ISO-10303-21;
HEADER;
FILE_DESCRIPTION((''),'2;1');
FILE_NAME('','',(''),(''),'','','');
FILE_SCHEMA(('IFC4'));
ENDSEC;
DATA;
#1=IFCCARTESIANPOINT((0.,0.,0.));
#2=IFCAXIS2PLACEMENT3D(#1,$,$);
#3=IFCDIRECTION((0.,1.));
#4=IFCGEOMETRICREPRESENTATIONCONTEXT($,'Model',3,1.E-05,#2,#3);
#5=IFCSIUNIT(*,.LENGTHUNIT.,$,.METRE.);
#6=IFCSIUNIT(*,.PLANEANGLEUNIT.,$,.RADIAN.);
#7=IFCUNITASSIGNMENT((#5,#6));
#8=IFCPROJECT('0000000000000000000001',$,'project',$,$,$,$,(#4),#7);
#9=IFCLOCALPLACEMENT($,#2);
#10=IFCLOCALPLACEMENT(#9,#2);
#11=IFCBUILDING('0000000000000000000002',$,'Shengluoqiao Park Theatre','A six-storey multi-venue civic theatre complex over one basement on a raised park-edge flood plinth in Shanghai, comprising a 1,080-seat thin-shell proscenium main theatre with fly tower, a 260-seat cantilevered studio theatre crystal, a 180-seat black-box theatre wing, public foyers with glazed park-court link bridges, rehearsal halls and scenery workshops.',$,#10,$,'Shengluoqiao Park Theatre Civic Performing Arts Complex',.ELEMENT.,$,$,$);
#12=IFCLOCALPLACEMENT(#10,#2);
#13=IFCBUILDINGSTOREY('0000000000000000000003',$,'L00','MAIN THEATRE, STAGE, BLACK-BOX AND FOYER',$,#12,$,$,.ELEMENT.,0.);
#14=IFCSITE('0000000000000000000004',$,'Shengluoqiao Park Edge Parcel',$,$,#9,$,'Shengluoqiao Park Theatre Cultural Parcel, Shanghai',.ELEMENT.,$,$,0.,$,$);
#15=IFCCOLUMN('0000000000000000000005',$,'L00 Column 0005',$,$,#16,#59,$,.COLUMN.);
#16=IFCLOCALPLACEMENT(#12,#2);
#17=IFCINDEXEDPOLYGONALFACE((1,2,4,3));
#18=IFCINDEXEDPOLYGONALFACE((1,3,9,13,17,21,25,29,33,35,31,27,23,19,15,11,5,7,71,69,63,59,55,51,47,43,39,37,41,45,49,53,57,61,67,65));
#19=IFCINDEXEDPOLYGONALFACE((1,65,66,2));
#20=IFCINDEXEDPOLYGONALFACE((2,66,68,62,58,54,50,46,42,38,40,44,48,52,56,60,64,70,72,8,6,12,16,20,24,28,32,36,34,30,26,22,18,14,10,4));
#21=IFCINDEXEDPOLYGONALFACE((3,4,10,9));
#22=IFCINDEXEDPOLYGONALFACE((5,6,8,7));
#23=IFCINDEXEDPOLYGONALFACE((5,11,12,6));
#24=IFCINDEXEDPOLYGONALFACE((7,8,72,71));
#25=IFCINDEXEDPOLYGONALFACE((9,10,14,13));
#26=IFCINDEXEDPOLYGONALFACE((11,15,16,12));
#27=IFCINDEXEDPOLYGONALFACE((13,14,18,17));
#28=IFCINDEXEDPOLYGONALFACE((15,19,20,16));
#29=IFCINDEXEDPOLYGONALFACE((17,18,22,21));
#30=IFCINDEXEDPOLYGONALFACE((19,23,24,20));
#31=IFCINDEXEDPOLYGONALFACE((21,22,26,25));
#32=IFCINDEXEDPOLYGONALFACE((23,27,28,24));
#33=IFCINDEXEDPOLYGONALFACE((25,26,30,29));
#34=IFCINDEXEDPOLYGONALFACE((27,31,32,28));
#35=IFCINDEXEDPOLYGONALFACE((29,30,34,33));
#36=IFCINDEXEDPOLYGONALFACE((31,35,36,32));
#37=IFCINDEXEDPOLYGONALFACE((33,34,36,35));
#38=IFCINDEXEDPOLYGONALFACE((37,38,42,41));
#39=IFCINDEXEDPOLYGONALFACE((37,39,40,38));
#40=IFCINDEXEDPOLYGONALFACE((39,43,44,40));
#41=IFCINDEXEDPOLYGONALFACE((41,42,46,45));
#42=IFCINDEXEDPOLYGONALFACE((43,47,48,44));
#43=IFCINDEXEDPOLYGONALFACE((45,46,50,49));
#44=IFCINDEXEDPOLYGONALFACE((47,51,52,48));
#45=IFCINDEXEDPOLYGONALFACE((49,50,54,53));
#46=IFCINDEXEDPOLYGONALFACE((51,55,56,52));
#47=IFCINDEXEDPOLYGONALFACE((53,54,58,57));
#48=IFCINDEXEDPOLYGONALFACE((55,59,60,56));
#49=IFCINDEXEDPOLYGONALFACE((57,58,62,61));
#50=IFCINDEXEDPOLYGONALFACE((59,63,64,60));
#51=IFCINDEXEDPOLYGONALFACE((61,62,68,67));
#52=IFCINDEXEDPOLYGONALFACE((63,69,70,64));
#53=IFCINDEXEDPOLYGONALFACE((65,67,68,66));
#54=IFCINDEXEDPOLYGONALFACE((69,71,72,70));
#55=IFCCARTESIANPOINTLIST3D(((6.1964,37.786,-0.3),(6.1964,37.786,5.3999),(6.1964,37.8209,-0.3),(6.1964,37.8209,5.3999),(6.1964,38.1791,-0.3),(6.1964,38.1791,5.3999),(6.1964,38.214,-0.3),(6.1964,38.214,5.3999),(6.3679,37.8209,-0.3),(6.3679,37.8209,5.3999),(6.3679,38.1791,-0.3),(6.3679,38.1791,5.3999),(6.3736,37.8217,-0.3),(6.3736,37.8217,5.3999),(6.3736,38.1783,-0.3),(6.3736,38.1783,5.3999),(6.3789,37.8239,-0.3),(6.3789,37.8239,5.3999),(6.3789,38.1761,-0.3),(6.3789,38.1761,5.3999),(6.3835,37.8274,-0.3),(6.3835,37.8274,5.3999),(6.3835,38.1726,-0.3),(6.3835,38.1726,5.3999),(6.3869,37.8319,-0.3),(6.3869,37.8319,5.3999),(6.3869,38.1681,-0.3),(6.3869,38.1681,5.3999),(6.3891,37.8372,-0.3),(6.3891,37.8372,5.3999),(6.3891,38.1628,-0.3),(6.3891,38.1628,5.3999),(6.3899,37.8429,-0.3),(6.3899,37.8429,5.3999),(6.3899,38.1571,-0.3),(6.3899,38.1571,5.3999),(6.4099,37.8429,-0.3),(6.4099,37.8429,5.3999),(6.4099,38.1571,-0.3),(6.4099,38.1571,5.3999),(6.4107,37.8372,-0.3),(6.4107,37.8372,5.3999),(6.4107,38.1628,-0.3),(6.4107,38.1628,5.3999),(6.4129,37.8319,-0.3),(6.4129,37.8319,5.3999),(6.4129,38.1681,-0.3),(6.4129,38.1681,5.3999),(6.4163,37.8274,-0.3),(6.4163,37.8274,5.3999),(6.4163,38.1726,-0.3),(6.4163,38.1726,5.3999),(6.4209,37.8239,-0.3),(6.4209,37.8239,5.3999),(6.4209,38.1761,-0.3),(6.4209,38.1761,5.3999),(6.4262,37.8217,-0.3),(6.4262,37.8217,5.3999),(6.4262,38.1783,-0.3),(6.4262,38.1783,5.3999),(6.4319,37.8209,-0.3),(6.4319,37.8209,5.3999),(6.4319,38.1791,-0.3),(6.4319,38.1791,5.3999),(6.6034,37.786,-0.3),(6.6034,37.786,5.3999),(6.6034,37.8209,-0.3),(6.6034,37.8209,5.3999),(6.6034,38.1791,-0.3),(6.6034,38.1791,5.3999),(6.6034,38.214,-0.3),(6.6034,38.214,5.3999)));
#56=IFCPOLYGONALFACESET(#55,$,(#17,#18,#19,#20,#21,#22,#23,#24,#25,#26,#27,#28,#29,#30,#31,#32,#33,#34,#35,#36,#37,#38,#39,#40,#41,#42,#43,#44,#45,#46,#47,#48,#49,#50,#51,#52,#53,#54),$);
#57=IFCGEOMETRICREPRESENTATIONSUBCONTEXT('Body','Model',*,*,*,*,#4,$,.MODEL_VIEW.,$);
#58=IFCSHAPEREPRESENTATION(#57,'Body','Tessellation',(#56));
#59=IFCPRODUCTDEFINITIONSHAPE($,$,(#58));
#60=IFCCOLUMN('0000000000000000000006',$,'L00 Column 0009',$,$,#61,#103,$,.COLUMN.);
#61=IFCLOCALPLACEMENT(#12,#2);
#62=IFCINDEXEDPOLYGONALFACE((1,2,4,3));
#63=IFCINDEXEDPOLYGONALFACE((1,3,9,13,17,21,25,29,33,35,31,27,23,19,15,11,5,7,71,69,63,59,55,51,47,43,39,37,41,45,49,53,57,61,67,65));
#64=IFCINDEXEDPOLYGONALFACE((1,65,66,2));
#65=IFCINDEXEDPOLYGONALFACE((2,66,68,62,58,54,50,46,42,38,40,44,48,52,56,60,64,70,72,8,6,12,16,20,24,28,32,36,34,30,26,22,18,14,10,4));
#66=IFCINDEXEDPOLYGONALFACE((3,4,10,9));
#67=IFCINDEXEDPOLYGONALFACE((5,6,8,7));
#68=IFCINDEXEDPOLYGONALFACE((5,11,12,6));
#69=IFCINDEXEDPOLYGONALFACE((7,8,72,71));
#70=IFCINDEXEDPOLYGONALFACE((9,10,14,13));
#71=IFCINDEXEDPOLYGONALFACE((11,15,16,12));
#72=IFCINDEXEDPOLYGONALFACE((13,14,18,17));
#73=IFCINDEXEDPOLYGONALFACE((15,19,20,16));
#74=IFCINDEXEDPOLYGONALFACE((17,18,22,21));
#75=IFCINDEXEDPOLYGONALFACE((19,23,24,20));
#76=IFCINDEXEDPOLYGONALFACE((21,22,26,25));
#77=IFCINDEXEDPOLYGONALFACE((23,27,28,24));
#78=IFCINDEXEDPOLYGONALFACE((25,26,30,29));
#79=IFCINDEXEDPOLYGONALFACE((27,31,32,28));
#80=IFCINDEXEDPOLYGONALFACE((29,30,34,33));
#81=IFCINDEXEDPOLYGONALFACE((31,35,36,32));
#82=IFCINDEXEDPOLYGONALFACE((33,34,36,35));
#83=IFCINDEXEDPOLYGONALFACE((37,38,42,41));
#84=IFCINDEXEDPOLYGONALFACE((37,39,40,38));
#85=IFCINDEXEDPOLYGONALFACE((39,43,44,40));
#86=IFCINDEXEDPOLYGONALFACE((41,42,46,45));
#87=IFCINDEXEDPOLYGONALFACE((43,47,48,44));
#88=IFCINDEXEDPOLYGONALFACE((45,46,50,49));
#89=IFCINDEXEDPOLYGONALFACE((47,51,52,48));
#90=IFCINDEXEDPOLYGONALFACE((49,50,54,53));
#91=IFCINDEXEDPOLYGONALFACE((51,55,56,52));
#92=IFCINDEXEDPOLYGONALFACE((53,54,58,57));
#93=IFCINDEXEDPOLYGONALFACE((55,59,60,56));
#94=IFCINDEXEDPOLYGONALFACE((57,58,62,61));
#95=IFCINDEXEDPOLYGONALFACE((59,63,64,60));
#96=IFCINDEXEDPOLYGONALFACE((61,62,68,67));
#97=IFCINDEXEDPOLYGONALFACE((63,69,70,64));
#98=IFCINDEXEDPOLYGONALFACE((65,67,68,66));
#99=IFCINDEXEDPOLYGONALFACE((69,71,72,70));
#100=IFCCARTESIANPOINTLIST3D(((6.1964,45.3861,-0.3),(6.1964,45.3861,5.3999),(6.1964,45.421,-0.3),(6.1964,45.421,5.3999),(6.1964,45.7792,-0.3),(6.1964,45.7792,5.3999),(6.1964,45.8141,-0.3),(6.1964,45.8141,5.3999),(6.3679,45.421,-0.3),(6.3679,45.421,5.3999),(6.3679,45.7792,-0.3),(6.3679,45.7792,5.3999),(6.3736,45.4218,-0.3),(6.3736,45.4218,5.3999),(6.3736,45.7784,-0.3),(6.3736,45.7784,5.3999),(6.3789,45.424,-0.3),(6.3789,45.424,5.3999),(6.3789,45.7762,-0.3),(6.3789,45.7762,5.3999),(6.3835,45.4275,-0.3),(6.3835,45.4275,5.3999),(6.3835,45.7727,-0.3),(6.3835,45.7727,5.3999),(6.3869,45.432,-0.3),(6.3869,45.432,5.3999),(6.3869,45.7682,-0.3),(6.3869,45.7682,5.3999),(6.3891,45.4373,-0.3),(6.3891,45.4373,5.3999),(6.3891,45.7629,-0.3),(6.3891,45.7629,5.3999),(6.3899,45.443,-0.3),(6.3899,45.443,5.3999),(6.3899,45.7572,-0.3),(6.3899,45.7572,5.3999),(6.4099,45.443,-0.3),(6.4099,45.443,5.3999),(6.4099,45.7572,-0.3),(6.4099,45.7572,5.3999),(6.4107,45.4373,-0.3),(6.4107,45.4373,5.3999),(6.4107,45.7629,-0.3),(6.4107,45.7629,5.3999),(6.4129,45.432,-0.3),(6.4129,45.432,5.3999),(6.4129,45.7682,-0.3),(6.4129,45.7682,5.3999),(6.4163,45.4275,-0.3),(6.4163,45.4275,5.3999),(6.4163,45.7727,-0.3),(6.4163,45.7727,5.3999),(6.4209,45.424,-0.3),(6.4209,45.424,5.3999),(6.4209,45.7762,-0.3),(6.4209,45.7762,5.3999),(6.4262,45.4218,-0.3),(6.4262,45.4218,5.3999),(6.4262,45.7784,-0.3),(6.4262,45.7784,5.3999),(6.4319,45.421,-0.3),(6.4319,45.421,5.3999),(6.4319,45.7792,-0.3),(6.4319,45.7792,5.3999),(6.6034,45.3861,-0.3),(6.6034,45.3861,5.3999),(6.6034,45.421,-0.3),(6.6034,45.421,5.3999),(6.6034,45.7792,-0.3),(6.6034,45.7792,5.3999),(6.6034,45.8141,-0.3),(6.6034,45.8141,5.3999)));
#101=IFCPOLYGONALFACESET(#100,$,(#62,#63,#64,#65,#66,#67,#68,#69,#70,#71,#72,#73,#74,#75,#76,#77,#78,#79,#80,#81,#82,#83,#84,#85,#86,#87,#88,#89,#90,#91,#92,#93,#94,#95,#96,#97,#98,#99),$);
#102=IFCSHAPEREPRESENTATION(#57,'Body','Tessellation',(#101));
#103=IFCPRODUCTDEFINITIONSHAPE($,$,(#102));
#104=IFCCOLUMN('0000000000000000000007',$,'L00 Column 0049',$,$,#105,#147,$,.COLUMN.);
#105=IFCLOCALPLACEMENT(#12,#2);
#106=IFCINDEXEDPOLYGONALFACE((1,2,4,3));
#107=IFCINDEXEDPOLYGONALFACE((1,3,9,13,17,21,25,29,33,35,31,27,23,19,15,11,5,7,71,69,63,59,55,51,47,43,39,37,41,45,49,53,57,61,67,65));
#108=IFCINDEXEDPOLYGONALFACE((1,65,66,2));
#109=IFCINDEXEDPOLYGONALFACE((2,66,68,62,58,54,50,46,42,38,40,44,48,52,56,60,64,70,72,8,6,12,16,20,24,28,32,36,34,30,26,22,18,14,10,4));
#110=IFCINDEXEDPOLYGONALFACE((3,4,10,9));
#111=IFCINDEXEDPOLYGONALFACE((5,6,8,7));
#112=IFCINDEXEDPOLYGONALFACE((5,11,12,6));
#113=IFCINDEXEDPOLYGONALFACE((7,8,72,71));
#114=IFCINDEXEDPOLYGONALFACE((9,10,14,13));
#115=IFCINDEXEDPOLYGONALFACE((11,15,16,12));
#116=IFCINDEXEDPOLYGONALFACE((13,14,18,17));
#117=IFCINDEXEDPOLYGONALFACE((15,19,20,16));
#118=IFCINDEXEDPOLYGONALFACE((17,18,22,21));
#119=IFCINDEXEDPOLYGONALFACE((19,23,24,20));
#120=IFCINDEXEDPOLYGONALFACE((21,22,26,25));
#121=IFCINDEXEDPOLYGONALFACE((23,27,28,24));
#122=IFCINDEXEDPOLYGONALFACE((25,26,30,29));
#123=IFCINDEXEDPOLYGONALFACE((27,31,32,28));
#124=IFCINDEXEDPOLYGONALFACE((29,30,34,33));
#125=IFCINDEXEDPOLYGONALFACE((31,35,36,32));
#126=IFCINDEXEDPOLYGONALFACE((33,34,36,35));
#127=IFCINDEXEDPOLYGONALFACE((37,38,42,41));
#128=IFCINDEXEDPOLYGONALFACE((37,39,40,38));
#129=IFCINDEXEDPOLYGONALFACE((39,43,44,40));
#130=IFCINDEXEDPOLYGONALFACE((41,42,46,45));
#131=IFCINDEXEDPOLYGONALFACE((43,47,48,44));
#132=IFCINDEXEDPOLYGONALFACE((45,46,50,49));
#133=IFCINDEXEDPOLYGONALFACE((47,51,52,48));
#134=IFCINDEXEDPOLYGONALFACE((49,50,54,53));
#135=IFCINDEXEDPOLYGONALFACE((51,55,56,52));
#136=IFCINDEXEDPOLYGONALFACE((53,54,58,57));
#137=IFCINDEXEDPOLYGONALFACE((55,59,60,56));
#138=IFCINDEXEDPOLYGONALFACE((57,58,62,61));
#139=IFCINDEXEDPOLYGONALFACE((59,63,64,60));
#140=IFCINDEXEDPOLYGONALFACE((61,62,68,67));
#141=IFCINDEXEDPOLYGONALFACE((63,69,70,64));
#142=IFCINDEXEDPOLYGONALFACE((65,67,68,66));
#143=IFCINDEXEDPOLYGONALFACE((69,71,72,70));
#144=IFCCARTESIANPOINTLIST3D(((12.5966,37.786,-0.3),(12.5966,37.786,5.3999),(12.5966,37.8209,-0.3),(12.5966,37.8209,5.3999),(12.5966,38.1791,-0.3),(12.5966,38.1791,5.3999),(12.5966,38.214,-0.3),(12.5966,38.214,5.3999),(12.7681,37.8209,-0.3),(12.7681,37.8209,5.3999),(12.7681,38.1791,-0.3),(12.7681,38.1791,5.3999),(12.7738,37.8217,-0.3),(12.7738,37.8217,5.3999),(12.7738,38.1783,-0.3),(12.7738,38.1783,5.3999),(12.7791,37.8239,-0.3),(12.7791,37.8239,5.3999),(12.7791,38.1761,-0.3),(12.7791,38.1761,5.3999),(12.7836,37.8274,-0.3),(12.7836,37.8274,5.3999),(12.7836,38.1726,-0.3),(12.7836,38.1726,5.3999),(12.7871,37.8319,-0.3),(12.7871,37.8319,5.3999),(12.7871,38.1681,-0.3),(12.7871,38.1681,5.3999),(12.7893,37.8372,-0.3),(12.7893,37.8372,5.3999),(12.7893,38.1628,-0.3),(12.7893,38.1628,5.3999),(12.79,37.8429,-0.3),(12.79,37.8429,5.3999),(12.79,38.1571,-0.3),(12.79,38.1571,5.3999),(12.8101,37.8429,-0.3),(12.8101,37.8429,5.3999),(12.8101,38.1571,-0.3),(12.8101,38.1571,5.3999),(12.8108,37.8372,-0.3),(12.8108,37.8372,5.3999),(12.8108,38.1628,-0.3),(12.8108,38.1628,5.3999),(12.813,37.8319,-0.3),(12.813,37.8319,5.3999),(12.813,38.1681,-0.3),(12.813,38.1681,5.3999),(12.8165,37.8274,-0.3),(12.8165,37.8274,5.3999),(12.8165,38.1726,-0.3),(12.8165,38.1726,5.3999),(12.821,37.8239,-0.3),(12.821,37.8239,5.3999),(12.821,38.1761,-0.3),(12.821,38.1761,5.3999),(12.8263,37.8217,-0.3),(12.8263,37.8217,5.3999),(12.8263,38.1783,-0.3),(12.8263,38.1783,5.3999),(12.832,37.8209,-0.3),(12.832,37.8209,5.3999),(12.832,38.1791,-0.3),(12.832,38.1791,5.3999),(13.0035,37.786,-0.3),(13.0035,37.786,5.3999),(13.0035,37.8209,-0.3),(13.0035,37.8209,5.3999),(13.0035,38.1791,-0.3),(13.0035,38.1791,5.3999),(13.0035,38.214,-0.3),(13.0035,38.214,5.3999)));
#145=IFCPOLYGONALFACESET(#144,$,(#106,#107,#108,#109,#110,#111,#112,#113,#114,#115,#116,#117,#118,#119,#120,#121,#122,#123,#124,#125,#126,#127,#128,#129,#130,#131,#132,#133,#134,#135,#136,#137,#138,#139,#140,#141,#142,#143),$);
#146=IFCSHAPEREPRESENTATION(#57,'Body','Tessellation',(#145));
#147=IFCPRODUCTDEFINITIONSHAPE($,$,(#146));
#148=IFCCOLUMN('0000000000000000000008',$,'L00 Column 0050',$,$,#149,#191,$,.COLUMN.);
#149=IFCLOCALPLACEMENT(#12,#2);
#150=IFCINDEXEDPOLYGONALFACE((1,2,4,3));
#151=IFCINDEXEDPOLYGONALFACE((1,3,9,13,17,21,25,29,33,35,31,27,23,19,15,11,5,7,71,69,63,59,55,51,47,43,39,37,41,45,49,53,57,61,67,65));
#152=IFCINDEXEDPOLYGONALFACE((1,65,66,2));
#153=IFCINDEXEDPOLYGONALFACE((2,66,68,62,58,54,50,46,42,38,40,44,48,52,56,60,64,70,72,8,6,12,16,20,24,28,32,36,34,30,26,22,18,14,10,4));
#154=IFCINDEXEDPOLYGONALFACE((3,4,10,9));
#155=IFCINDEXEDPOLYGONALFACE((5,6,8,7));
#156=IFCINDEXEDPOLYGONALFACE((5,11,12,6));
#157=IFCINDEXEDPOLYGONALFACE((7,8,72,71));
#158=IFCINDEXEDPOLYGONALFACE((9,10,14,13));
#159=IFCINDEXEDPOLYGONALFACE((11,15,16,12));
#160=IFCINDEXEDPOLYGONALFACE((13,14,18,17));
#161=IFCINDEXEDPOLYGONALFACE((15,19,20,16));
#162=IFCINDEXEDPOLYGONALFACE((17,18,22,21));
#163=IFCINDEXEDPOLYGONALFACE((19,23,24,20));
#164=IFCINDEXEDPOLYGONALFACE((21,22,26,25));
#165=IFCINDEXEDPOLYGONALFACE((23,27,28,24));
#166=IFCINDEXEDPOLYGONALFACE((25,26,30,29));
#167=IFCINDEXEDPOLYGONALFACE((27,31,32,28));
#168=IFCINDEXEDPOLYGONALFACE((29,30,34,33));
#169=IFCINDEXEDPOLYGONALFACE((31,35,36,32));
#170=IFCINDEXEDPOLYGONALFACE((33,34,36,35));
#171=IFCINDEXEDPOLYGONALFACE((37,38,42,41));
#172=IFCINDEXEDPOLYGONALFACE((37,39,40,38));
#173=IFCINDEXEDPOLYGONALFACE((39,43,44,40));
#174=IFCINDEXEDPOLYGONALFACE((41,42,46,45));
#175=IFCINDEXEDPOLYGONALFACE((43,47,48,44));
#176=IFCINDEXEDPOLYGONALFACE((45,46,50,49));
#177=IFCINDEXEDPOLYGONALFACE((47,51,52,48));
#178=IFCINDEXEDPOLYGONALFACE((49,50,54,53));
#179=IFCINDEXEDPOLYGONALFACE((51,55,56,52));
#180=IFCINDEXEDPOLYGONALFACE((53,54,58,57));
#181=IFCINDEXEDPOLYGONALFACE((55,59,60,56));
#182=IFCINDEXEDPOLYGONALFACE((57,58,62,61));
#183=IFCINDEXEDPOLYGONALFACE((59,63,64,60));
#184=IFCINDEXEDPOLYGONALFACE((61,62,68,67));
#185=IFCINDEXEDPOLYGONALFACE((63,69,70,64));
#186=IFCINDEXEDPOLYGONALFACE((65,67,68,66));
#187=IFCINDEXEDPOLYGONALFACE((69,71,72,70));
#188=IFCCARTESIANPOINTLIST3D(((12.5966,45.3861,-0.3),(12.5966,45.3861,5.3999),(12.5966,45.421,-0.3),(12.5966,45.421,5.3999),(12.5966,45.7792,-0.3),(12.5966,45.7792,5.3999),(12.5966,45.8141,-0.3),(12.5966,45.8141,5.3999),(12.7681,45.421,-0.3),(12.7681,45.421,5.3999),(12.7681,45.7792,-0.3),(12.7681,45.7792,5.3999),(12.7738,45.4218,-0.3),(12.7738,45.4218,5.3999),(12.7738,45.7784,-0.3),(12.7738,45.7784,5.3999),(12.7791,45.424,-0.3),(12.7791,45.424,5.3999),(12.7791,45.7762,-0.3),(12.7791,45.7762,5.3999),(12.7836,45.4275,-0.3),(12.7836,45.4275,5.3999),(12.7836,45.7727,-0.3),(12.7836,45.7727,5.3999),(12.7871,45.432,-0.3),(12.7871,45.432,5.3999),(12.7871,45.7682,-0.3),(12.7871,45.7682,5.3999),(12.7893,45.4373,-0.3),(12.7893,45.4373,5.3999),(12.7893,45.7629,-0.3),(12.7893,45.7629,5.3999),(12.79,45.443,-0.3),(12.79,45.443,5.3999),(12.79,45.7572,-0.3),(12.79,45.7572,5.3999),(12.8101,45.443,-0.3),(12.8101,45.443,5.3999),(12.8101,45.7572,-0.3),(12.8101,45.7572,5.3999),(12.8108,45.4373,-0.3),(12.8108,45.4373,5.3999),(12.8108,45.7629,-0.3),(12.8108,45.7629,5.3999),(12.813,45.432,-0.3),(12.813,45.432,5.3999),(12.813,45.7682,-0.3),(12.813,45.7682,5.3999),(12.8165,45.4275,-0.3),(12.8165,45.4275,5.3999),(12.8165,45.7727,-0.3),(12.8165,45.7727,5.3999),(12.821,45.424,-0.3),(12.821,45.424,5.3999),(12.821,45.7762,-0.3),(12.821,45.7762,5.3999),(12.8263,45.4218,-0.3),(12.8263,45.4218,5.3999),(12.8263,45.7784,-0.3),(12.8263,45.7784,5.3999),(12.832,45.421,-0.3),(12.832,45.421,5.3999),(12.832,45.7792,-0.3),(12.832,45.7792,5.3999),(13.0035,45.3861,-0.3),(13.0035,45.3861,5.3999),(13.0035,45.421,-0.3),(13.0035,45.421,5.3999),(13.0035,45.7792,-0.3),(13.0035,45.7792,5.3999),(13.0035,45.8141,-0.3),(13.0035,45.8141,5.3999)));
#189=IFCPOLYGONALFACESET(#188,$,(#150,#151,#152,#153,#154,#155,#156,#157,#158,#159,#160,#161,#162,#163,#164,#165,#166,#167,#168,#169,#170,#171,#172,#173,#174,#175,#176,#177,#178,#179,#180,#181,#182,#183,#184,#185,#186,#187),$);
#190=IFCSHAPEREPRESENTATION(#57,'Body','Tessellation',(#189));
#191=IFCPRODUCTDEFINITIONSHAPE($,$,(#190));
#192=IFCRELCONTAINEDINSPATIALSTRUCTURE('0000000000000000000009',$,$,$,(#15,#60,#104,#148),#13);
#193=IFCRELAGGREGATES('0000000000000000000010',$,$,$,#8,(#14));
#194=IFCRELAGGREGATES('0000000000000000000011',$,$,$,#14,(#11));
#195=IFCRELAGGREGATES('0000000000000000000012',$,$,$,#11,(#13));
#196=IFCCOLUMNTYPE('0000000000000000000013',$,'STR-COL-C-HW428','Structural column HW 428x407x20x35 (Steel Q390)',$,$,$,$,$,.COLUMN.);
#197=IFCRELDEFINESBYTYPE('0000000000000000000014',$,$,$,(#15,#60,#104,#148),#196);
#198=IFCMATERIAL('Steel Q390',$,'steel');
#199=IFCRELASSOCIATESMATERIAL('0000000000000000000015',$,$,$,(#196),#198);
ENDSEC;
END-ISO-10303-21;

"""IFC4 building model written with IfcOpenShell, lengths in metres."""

from ifc_helpers import new_model, si_unit, direction, frame, origin, origin_2d, place, context, subcontext, project, spatial, i_section, extrude, material, material_profile, profile_set, type_object, element, save


model = new_model("IFC4")

# Units and contexts
model_context = context("Model", 3, precision=1e-05, world=origin(), true_north=direction((0.0, 1.0)))
body_context = subcontext(model_context, "Body", "Model", "MODEL_VIEW")
ifc_project = project(units=[si_unit("LENGTHUNIT", "METRE"), si_unit("PLANEANGLEUNIT", "RADIAN")], contexts=[model_context])

# Site, building, storey
site_placement = place(None, origin())
site = spatial("IfcSite", under=ifc_project, at=site_placement, Name="Shengluoqiao Park Edge Parcel", LongName="Shengluoqiao Park Theatre Cultural Parcel, Shanghai", CompositionType="ELEMENT", RefElevation=0.0)
building_placement = place(site_placement, origin())
building = spatial("IfcBuilding", under=site, at=building_placement, Name="Shengluoqiao Park Theatre", Description="A six-storey multi-venue civic theatre complex over one basement on a raised park-edge flood plinth in Shanghai, comprising a 1,080-seat thin-shell proscenium main theatre with fly tower, a 260-seat cantilevered studio theatre crystal, a 180-seat black-box theatre wing, public foyers with glazed park-court link bridges, rehearsal halls and scenery workshops.", LongName="Shengluoqiao Park Theatre Civic Performing Arts Complex", CompositionType="ELEMENT")
storey_placement = place(building_placement, origin())
storey = spatial("IfcBuildingStorey", under=building, at=storey_placement, Name="L00", Description="MAIN THEATRE, STAGE, BLACK-BOX AND FOYER", CompositionType="ELEMENT", Elevation=0.0)

# Columns
ifc_material_1 = material(Name="Steel Q390", Category="steel")
ifc_material_profile_1 = material_profile(ifc_material_1, i_section(OverallWidth=0.407, OverallDepth=0.428, WebThickness=0.02, FlangeThickness=0.0349, FilletRadius=0.022, at=origin_2d()), Name="HW 428x407x20x35")
ifc_profile_set_1 = profile_set([ifc_material_profile_1], Name="Steel Q390")
column_type = type_object("IfcColumnType", Name="STR-COL-C-HW428", Description="Structural column HW 428x407x20x35 (Steel Q390)", PredefinedType="COLUMN", material=ifc_profile_set_1)
for number, where, z_axis, x_axis, name in (
    (1, (6.3999, 38.0, -0.3), (0.0, 0.0, 1.0), (1.0, 0.0, 0.0), "L00 Column 0005"),
    (2, (6.3999, 45.6001, -0.3), (0.0, 0.0, 1.0), (1.0, 0.0, 0.0), "L00 Column 0009"),
    (3, (12.8, 38.0, -0.3), (0.0, 0.0, 1.0), (1.0, 0.0, 0.0), "L00 Column 0049"),
    (4, (12.8, 45.6001, -0.3), (0.0, 0.0, 1.0), (1.0, 0.0, 0.0), "L00 Column 0050"),
):
    element("IfcColumn", number, at=place(storey_placement, frame(where, z_axis=z_axis, x_axis=x_axis)), inside=storey, type_object=column_type, Name=name, PredefinedType="COLUMN", context=body_context, shape_type="SweptSolid", body=[
        extrude(i_section(OverallWidth=0.407, OverallDepth=0.428, WebThickness=0.02, FlangeThickness=0.0349, FilletRadius=0.022, at=origin_2d()), origin(), (0.0, 0.0, 1.0), 5.7),
    ])

save(model, "model.ifc")
